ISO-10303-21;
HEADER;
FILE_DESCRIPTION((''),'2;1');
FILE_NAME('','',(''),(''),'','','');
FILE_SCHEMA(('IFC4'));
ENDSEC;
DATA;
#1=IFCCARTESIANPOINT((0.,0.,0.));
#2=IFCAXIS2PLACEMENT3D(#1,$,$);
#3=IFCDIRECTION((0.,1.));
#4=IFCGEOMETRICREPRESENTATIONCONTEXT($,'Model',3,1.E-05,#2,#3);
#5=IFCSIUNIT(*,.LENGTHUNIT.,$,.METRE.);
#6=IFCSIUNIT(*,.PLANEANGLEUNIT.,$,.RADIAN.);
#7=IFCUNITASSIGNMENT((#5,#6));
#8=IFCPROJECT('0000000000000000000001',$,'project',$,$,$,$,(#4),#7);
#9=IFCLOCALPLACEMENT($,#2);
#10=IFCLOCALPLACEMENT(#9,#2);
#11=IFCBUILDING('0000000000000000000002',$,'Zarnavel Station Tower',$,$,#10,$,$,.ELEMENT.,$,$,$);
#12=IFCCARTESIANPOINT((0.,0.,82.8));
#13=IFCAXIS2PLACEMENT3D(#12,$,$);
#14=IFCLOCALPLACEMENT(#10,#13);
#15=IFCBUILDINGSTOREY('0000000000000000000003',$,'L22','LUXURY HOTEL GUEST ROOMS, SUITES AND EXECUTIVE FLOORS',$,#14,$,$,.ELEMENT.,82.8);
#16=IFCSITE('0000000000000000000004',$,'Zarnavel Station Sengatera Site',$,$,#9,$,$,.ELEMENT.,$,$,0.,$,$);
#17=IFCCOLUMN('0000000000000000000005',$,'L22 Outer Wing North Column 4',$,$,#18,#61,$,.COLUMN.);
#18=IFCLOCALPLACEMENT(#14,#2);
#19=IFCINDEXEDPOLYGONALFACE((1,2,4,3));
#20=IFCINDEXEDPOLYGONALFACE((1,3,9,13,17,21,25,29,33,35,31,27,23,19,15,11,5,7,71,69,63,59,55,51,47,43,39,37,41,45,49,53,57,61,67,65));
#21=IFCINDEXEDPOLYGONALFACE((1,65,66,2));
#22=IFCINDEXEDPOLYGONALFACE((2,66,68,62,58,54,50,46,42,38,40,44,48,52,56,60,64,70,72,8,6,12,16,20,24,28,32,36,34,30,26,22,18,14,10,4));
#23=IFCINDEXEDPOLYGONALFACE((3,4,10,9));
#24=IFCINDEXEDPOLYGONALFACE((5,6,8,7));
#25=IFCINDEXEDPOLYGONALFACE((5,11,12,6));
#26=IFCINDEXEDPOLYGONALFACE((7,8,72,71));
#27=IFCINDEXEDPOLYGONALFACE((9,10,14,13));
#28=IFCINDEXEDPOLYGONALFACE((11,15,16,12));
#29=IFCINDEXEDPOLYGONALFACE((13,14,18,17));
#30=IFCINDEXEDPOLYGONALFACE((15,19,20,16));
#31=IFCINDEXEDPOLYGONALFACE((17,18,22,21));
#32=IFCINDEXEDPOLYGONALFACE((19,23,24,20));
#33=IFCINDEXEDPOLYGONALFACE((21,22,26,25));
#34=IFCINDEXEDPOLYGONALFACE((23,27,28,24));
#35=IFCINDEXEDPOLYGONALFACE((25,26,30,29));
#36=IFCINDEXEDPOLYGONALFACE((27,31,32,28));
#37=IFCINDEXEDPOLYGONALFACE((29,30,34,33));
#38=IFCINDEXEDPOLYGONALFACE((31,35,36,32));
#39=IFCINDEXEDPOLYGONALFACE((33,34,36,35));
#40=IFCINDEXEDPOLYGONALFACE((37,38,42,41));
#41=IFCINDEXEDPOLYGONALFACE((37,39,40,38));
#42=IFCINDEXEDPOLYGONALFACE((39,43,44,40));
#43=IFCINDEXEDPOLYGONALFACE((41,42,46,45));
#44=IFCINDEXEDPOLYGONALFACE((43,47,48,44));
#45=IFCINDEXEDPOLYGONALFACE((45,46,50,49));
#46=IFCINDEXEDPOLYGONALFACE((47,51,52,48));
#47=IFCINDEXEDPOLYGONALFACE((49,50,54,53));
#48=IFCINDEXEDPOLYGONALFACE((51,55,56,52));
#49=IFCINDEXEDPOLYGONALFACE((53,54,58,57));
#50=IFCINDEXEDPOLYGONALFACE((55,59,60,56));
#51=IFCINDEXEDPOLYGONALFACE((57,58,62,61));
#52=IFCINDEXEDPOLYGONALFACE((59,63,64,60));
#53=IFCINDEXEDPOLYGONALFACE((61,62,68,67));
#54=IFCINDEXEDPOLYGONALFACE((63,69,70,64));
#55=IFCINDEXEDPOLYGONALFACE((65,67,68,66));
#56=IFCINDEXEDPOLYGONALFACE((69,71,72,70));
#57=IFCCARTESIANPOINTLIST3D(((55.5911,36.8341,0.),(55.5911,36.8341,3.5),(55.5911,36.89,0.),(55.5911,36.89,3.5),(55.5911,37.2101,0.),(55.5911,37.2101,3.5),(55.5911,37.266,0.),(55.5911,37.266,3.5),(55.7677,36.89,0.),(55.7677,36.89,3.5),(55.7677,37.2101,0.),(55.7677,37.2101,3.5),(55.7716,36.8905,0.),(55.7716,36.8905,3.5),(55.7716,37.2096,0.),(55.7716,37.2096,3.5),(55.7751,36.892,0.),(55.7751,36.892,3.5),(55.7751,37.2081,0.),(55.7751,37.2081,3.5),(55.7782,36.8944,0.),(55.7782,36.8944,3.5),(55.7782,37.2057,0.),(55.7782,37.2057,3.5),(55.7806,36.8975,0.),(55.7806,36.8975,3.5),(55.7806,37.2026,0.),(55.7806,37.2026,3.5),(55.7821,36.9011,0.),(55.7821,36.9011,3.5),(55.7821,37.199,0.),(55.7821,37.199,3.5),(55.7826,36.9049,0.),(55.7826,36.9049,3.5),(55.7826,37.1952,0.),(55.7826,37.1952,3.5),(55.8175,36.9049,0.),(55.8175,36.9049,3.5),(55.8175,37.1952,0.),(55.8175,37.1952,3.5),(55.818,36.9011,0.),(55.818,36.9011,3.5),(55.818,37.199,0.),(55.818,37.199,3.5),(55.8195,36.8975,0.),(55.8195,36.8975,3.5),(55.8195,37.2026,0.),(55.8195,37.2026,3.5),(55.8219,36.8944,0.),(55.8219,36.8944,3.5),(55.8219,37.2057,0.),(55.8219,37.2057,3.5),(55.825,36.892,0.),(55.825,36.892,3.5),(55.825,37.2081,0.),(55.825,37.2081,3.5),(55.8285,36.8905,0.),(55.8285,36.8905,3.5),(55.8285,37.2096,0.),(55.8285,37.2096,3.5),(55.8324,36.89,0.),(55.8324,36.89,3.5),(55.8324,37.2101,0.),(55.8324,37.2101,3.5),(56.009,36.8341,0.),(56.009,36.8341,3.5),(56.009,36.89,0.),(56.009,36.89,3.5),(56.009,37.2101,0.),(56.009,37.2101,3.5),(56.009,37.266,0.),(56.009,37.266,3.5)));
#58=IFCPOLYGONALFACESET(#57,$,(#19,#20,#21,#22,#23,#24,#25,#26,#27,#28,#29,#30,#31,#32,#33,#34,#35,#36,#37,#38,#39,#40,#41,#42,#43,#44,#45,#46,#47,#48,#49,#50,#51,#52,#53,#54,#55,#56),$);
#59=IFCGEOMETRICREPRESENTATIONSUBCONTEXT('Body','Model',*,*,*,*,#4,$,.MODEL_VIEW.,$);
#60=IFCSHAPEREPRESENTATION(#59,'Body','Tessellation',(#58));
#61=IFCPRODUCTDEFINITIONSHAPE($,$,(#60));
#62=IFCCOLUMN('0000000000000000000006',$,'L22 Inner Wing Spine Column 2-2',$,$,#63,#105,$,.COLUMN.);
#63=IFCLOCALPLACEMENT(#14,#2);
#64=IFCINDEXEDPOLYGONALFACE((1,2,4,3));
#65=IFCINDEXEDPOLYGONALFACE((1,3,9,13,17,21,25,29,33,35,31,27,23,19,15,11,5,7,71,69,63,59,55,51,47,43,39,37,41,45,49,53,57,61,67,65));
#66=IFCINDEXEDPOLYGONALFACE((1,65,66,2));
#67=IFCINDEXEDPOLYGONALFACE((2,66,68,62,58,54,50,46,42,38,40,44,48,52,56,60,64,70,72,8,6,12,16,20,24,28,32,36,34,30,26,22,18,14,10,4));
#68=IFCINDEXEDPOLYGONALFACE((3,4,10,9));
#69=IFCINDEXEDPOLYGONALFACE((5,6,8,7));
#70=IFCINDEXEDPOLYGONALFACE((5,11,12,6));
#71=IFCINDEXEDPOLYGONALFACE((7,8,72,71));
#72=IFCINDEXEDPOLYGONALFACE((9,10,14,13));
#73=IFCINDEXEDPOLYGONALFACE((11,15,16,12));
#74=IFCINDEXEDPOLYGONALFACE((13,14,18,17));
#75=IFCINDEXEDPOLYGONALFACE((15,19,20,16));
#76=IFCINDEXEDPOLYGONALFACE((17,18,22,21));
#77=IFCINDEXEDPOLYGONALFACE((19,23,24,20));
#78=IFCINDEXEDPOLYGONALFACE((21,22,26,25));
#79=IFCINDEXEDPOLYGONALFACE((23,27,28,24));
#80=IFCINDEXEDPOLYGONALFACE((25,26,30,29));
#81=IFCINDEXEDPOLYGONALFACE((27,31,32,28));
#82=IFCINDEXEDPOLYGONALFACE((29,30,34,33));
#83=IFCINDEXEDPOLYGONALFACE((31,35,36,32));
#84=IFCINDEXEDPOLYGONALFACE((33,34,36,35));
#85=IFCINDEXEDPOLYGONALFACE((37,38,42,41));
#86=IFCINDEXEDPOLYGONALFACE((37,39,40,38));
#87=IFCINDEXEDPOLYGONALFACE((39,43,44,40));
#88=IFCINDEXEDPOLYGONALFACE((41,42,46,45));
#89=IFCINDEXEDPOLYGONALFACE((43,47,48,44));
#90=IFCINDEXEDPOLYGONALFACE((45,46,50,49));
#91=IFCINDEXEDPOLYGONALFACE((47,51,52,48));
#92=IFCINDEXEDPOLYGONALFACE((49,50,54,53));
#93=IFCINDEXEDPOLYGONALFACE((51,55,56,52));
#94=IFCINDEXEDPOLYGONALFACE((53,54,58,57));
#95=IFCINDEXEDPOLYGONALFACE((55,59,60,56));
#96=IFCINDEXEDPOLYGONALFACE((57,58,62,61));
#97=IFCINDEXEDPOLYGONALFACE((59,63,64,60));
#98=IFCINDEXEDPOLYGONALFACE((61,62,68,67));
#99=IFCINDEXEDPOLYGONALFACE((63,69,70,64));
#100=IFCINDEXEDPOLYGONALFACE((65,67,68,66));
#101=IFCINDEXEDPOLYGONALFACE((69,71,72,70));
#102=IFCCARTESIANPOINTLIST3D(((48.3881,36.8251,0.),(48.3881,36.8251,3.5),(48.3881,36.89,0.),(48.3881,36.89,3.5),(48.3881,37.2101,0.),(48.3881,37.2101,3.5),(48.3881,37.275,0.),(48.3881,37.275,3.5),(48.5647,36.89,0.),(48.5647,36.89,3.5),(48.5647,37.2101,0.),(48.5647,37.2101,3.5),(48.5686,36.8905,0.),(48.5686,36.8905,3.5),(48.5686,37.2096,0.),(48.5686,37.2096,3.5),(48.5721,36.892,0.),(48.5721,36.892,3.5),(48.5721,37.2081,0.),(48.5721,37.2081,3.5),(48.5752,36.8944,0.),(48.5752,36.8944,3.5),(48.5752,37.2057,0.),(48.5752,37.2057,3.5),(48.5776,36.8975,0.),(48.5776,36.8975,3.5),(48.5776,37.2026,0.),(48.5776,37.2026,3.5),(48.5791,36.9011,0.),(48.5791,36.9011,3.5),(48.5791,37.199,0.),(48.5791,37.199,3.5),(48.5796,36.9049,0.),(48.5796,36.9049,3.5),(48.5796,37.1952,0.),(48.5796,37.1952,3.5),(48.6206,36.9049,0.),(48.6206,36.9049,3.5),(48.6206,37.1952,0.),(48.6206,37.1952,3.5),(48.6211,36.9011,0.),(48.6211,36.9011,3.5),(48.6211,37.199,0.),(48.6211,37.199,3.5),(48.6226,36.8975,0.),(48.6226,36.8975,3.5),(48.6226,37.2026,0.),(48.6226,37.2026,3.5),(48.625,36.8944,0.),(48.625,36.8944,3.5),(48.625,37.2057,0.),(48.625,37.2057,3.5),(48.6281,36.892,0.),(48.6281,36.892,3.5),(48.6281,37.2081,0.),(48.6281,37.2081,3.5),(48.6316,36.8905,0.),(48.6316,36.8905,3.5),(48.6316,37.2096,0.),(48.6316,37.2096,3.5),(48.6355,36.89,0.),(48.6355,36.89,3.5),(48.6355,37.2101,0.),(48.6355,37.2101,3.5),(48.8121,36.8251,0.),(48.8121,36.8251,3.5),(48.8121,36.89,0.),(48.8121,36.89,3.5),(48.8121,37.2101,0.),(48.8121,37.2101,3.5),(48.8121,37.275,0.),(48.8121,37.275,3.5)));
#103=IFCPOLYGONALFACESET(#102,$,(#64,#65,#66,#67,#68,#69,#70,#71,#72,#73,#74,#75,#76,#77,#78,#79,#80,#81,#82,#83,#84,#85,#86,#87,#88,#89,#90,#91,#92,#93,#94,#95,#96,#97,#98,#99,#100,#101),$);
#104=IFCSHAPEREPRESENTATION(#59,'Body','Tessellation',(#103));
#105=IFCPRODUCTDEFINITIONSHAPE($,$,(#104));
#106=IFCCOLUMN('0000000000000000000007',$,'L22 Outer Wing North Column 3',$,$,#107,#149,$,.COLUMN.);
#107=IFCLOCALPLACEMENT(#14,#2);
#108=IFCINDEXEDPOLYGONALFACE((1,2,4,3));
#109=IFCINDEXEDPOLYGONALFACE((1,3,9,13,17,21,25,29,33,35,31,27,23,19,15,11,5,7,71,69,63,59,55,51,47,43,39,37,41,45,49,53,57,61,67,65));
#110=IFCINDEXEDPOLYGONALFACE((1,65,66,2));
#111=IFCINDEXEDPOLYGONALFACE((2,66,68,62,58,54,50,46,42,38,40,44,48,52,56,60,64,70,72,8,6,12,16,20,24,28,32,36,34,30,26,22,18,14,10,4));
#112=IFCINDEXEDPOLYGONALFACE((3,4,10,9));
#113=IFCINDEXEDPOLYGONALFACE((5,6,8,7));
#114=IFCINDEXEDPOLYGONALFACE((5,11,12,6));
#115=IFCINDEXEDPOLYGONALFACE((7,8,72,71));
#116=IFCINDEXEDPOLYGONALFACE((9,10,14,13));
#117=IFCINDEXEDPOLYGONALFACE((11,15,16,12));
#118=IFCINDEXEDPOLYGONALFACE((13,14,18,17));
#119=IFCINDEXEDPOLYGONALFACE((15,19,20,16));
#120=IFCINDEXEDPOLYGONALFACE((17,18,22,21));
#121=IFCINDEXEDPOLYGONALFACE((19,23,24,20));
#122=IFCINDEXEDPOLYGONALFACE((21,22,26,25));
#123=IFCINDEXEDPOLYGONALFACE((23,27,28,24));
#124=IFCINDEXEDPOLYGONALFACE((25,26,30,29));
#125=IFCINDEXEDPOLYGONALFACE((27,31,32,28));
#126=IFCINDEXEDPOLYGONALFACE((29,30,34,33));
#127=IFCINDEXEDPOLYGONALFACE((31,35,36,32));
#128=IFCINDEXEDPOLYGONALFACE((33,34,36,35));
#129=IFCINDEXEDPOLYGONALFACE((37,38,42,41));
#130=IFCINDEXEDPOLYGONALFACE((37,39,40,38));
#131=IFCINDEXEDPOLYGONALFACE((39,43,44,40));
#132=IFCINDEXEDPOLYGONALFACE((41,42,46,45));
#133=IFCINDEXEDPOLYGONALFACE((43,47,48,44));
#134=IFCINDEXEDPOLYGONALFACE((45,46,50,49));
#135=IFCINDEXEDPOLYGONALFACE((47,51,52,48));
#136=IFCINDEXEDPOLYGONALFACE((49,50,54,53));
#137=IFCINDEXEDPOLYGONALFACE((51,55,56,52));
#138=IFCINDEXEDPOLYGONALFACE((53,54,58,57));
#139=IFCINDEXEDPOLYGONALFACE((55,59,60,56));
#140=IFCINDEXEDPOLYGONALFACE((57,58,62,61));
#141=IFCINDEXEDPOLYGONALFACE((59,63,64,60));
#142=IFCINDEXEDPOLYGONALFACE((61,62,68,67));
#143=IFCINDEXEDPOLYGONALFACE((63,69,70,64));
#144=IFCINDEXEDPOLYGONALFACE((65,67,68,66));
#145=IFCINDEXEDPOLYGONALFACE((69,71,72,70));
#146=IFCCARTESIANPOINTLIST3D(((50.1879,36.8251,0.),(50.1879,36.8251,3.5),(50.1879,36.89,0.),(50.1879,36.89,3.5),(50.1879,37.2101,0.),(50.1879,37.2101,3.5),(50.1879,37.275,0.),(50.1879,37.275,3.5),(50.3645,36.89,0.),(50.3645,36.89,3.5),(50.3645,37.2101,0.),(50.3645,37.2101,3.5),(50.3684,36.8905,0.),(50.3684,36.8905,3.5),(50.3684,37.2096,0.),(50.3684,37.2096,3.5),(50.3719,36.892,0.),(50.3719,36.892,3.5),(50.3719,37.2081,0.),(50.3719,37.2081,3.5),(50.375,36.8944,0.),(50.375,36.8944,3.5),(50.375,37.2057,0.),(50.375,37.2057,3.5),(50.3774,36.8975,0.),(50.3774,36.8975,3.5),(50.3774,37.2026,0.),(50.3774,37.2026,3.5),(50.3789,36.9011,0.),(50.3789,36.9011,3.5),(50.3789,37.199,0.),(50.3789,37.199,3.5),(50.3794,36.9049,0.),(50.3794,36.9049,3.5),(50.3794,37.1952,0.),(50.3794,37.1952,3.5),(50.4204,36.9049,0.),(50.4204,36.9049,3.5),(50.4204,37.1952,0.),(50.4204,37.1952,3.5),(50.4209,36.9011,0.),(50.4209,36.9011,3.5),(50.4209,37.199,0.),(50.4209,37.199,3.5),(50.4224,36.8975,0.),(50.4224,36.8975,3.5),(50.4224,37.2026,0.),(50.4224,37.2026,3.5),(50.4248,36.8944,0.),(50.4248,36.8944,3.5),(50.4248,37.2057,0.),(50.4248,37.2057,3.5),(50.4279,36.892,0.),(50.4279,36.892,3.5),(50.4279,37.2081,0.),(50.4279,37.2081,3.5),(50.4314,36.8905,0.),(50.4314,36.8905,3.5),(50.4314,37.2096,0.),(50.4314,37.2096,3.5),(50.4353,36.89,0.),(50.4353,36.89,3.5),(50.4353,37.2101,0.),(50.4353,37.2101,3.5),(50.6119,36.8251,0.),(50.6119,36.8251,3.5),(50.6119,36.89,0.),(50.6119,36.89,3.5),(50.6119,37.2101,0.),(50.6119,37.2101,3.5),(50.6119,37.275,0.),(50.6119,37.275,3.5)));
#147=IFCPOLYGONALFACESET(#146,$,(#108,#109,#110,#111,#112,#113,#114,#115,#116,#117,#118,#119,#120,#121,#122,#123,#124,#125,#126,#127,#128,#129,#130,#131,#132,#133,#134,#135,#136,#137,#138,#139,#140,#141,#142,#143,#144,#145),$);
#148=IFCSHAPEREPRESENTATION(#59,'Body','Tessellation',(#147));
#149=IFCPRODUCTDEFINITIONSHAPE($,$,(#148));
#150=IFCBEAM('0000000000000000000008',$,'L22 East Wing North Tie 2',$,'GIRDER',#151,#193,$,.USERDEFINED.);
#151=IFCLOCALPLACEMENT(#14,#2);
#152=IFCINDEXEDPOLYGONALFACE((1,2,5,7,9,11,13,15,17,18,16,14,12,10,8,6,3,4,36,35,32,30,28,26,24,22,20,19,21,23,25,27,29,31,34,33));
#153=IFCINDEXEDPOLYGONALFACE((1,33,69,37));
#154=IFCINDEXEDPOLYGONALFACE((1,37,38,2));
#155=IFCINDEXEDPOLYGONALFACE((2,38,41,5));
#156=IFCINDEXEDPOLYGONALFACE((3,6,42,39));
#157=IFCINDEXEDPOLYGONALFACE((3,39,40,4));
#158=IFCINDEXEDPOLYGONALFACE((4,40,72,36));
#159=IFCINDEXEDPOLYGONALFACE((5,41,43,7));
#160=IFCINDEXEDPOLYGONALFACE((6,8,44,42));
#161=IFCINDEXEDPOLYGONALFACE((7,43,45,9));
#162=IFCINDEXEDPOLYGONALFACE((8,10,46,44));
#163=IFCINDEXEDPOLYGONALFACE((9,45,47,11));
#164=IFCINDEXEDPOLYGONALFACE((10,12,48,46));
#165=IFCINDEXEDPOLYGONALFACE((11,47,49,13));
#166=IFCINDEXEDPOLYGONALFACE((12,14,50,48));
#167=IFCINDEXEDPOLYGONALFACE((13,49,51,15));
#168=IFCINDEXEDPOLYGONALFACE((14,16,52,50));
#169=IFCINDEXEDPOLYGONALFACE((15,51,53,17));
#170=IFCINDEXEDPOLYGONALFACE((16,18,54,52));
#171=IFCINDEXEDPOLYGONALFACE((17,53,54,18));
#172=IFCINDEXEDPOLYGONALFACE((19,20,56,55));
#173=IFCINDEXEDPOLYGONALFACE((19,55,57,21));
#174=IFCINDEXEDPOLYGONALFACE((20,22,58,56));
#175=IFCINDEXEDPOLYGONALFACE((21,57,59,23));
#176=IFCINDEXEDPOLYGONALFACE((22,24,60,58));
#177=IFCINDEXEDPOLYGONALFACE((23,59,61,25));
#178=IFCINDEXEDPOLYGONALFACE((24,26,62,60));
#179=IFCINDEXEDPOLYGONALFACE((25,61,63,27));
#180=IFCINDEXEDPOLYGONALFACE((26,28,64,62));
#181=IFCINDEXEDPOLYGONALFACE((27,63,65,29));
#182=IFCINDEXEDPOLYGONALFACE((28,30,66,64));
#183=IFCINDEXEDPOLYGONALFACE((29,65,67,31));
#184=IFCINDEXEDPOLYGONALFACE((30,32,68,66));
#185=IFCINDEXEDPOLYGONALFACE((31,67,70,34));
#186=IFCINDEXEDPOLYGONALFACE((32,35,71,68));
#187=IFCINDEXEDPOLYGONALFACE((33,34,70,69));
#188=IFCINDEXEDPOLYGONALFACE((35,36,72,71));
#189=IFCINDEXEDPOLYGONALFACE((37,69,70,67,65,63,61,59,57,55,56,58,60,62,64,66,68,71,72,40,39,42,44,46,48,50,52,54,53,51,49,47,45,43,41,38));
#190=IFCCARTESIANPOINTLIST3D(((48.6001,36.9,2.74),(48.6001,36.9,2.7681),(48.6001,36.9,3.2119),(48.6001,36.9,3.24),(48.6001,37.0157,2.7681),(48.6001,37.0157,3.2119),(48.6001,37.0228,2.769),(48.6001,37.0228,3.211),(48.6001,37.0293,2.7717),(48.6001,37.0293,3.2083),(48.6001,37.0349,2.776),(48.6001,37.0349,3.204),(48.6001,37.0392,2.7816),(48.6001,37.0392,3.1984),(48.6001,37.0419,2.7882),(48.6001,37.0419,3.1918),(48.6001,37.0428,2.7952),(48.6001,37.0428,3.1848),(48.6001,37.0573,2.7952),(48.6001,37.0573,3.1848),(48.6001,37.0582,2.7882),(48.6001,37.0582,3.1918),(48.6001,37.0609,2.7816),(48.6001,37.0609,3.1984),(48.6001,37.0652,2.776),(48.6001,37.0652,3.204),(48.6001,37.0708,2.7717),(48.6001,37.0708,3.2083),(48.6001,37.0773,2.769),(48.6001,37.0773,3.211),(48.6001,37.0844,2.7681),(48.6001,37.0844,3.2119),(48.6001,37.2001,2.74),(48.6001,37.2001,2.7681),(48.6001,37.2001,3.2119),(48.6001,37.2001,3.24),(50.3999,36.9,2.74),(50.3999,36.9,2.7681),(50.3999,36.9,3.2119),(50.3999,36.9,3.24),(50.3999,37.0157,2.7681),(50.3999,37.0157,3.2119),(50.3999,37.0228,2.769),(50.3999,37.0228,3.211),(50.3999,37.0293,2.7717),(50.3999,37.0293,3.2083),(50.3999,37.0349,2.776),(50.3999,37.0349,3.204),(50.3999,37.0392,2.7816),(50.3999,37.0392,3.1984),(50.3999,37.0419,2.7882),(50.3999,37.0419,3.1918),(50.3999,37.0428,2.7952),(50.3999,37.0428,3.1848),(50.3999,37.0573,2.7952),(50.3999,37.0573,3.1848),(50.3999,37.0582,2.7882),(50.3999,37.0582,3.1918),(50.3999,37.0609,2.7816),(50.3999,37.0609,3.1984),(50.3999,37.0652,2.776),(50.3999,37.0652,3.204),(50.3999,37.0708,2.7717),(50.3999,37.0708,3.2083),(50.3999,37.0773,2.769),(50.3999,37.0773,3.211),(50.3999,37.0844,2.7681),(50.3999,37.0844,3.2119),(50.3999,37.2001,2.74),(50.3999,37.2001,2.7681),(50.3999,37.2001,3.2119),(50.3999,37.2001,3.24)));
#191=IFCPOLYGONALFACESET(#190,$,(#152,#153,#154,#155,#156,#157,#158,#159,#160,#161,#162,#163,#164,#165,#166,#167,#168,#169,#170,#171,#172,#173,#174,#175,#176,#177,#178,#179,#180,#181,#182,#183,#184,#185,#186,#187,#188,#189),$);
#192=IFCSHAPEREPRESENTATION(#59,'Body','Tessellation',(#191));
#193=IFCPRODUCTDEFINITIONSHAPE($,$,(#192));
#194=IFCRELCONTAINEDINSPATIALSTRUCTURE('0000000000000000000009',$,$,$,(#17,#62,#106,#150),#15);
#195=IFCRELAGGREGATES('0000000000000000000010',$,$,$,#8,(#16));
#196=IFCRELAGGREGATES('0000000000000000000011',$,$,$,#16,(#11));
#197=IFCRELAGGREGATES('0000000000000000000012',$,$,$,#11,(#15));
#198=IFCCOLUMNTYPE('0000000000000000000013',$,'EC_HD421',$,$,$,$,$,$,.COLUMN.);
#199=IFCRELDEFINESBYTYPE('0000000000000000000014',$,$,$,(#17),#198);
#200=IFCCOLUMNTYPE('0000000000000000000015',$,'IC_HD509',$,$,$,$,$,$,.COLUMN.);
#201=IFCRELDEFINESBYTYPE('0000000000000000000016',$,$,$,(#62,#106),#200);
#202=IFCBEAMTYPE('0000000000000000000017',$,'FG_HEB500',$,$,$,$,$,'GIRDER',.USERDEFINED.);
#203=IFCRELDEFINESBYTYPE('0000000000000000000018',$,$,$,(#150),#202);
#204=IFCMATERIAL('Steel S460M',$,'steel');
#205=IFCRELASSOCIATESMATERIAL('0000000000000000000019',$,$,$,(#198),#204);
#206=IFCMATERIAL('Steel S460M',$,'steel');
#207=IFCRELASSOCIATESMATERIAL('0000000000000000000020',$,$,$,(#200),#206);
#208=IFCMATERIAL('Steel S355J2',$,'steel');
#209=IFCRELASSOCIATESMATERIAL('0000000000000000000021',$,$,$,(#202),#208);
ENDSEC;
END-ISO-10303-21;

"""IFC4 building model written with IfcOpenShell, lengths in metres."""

from ifc_helpers import new_model, si_unit, direction, frame, origin, origin_2d, place, context, subcontext, project, spatial, i_section, extrude, material, material_profile, profile_set, type_object, element, save


model = new_model("IFC4")

# Units and contexts
model_context = context("Model", 3, precision=1e-05, world=origin(), true_north=direction((0.0, 1.0)))
body_context = subcontext(model_context, "Body", "Model", "MODEL_VIEW")
ifc_project = project(units=[si_unit("LENGTHUNIT", "METRE"), si_unit("PLANEANGLEUNIT", "RADIAN")], contexts=[model_context])

# Site, building, storey
site_placement = place(None, origin())
site = spatial("IfcSite", under=ifc_project, at=site_placement, Name="Zarnavel Station Sengatera Site", CompositionType="ELEMENT", RefElevation=0.0)
building_placement = place(site_placement, origin())
building = spatial("IfcBuilding", under=site, at=building_placement, Name="Zarnavel Station Tower", CompositionType="ELEMENT")
storey_placement = place(building_placement, frame((0.0, 0.0, 82.8)))
storey = spatial("IfcBuildingStorey", under=building, at=storey_placement, Name="L22", Description="LUXURY HOTEL GUEST ROOMS, SUITES AND EXECUTIVE FLOORS", CompositionType="ELEMENT", Elevation=82.8)

# Columns
ifc_material_1 = material(Name="Steel S460M", Category="steel")
ifc_material_profile_1 = material_profile(ifc_material_1, i_section(OverallWidth=0.418, OverallDepth=0.4319, WebThickness=0.0349, FlangeThickness=0.0559, FilletRadius=0.0149, at=origin_2d()), Name="HD400x421")
ifc_profile_set_1 = profile_set([ifc_material_profile_1], Name="Steel S460M")
column_type_1 = type_object("IfcColumnType", Name="EC_HD421", PredefinedType="COLUMN", material=ifc_profile_set_1)
column_placement = place(storey_placement, frame((55.8, 37.05, 0.0), z_axis=(0.0, 0.0, 1.0), x_axis=(1.0, 0.0, 0.0)))
element("IfcColumn", 1, at=column_placement, inside=storey, type_object=column_type_1, Name="L22 Outer Wing North Column 4", PredefinedType="COLUMN", context=body_context, shape_type="SweptSolid", body=[
    extrude(i_section(OverallWidth=0.418, OverallDepth=0.4319, WebThickness=0.0349, FlangeThickness=0.0559, FilletRadius=0.0149, at=origin_2d()), origin(), (0.0, 0.0, 1.0), 3.5),
])
ifc_material_2 = material(Name="Steel S460M", Category="steel")
ifc_material_profile_2 = material_profile(ifc_material_2, i_section(OverallWidth=0.4241, OverallDepth=0.45, WebThickness=0.041, FlangeThickness=0.0649, FilletRadius=0.0149, at=origin_2d()), Name="HD400x509")
ifc_profile_set_2 = profile_set([ifc_material_profile_2], Name="Steel S460M")
column_type_2 = type_object("IfcColumnType", Name="IC_HD509", PredefinedType="COLUMN", material=ifc_profile_set_2)
for number, where, z_axis, x_axis, name in (
    (2, (48.6001, 37.05, 0.0), (0.0, 0.0, 1.0), (1.0, 0.0, 0.0), "L22 Inner Wing Spine Column 2-2"),
    (3, (50.3999, 37.05, 0.0), (0.0, 0.0, 1.0), (1.0, 0.0, 0.0), "L22 Outer Wing North Column 3"),
):
    element("IfcColumn", number, at=place(storey_placement, frame(where, z_axis=z_axis, x_axis=x_axis)), inside=storey, type_object=column_type_2, Name=name, PredefinedType="COLUMN", context=body_context, shape_type="SweptSolid", body=[
        extrude(i_section(OverallWidth=0.4241, OverallDepth=0.45, WebThickness=0.041, FlangeThickness=0.0649, FilletRadius=0.0149, at=origin_2d()), origin(), (0.0, 0.0, 1.0), 3.5),
    ])

# Beam
ifc_material_3 = material(Name="Steel S355J2", Category="steel")
ifc_material_profile_3 = material_profile(ifc_material_3, i_section(OverallWidth=0.3, OverallDepth=0.5, WebThickness=0.0144, FlangeThickness=0.0281, FilletRadius=0.0271, at=origin_2d()), Name="HEB500")
ifc_profile_set_3 = profile_set([ifc_material_profile_3], Name="Steel S355J2")
beam_type = type_object("IfcBeamType", Name="FG_HEB500", ElementType="GIRDER", PredefinedType="USERDEFINED", material=ifc_profile_set_3)
beam_1_placement = place(storey_placement, frame((48.6001, 37.05, 2.99), z_axis=(1.0, 0.0, 0.0), x_axis=(0.0, 1.0, 0.0)))
element("IfcBeam", 4, at=beam_1_placement, inside=storey, type_object=beam_type, Name="L22 East Wing North Tie 2", ObjectType="GIRDER", PredefinedType="USERDEFINED", context=body_context, shape_type="SweptSolid", body=[
    extrude(i_section(OverallWidth=0.3, OverallDepth=0.5, WebThickness=0.0144, FlangeThickness=0.0281, FilletRadius=0.0271, at=origin_2d()), origin(), (0.0, 0.0, 1.0), 1.7998),
])

save(model, "model.ifc")
